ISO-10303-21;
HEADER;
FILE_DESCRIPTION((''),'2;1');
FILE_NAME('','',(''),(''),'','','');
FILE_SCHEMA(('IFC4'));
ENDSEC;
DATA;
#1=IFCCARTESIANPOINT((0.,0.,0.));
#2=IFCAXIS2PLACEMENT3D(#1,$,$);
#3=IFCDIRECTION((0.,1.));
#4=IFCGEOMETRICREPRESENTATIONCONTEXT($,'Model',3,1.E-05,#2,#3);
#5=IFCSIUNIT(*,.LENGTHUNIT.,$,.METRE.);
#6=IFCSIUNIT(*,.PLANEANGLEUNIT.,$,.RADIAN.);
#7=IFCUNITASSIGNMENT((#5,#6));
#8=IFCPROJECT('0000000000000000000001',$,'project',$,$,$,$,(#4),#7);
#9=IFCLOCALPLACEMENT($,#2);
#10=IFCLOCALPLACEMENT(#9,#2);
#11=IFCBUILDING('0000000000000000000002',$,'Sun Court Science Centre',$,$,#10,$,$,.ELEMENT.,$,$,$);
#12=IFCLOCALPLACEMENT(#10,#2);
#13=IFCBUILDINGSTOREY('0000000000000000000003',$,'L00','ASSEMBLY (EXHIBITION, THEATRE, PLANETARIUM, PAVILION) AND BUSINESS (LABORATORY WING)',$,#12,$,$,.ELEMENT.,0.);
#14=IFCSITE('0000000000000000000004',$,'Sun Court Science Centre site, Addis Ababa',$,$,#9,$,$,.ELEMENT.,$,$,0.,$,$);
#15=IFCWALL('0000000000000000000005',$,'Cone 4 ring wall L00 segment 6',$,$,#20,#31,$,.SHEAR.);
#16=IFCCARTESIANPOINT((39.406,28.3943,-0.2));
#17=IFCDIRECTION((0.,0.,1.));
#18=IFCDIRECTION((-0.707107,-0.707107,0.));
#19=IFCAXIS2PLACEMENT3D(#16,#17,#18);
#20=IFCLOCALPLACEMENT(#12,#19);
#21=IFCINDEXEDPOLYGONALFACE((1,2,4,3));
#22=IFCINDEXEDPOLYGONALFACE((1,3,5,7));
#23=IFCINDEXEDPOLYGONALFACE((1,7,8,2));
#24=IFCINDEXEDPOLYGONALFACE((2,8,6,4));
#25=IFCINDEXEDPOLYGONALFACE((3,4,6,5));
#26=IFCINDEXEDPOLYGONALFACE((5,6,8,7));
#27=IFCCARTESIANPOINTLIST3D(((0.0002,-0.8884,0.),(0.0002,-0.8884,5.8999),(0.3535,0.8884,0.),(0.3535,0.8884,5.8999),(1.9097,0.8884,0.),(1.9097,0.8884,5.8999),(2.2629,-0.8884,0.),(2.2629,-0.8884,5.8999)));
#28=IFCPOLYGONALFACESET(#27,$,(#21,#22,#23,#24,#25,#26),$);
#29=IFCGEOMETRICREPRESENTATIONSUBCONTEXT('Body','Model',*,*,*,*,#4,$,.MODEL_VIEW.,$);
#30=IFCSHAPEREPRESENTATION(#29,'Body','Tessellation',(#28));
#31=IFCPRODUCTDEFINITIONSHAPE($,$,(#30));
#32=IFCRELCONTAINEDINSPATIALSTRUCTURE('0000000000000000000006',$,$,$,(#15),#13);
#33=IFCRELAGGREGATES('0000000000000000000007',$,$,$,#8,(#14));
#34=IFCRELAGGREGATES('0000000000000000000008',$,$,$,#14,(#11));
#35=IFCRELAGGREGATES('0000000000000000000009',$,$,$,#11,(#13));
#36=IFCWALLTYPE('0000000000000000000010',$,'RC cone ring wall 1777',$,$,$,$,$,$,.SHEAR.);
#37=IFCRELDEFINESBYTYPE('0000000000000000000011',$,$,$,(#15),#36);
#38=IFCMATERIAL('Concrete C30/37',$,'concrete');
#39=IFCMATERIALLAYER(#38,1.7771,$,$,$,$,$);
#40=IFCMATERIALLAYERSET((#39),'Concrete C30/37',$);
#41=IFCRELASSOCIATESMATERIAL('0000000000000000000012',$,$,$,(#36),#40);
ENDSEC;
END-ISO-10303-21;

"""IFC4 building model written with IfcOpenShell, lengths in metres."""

from ifc_helpers import new_model, si_unit, direction, frame, origin, place, context, subcontext, project, spatial, polyline, outline, extrude, material, layer, layer_set, type_object, element, save


model = new_model("IFC4")

# Units and contexts
model_context = context("Model", 3, precision=1e-05, world=origin(), true_north=direction((0.0, 1.0)))
body_context = subcontext(model_context, "Body", "Model", "MODEL_VIEW")
ifc_project = project(units=[si_unit("LENGTHUNIT", "METRE"), si_unit("PLANEANGLEUNIT", "RADIAN")], contexts=[model_context])

# Site, building, storey
site_placement = place(None, origin())
site = spatial("IfcSite", under=ifc_project, at=site_placement, Name="Sun Court Science Centre site, Addis Ababa", CompositionType="ELEMENT", RefElevation=0.0)
building_placement = place(site_placement, origin())
building = spatial("IfcBuilding", under=site, at=building_placement, Name="Sun Court Science Centre", CompositionType="ELEMENT")
storey_placement = place(building_placement, origin())
storey = spatial("IfcBuildingStorey", under=building, at=storey_placement, Name="L00", Description="ASSEMBLY (EXHIBITION, THEATRE, PLANETARIUM, PAVILION) AND BUSINESS (LABORATORY WING)", CompositionType="ELEMENT", Elevation=0.0)

# Wall
ifc_material_1 = material(Name="Concrete C30/37", Category="concrete")
ifc_layer_1 = layer(ifc_material_1, 1.7771)
ifc_layer_set_1 = layer_set([ifc_layer_1], Name="Concrete C30/37")
wall_type_1 = type_object("IfcWallType", Name="RC cone ring wall 1777", PredefinedType="SHEAR", material=ifc_layer_set_1)
wall_1_placement = place(storey_placement, frame((39.406, 28.3943, -0.2), z_axis=(0.0, 0.0, 1.0), x_axis=(-0.707107, -0.707107, 0.0)))
element("IfcWall", 1, at=wall_1_placement, inside=storey, type_object=wall_type_1, Name="Cone 4 ring wall L00 segment 6", PredefinedType="SHEAR", context=body_context, shape_type="SweptSolid", body=[
    extrude(outline(polyline([(0.0002, -0.8884), (2.2629, -0.8884), (1.9097, 0.8884), (0.3535, 0.8884), (0.0002, -0.8884)])), origin(), (0.0, 0.0, 1.0), 5.8999),
])

save(model, "model.ifc")
